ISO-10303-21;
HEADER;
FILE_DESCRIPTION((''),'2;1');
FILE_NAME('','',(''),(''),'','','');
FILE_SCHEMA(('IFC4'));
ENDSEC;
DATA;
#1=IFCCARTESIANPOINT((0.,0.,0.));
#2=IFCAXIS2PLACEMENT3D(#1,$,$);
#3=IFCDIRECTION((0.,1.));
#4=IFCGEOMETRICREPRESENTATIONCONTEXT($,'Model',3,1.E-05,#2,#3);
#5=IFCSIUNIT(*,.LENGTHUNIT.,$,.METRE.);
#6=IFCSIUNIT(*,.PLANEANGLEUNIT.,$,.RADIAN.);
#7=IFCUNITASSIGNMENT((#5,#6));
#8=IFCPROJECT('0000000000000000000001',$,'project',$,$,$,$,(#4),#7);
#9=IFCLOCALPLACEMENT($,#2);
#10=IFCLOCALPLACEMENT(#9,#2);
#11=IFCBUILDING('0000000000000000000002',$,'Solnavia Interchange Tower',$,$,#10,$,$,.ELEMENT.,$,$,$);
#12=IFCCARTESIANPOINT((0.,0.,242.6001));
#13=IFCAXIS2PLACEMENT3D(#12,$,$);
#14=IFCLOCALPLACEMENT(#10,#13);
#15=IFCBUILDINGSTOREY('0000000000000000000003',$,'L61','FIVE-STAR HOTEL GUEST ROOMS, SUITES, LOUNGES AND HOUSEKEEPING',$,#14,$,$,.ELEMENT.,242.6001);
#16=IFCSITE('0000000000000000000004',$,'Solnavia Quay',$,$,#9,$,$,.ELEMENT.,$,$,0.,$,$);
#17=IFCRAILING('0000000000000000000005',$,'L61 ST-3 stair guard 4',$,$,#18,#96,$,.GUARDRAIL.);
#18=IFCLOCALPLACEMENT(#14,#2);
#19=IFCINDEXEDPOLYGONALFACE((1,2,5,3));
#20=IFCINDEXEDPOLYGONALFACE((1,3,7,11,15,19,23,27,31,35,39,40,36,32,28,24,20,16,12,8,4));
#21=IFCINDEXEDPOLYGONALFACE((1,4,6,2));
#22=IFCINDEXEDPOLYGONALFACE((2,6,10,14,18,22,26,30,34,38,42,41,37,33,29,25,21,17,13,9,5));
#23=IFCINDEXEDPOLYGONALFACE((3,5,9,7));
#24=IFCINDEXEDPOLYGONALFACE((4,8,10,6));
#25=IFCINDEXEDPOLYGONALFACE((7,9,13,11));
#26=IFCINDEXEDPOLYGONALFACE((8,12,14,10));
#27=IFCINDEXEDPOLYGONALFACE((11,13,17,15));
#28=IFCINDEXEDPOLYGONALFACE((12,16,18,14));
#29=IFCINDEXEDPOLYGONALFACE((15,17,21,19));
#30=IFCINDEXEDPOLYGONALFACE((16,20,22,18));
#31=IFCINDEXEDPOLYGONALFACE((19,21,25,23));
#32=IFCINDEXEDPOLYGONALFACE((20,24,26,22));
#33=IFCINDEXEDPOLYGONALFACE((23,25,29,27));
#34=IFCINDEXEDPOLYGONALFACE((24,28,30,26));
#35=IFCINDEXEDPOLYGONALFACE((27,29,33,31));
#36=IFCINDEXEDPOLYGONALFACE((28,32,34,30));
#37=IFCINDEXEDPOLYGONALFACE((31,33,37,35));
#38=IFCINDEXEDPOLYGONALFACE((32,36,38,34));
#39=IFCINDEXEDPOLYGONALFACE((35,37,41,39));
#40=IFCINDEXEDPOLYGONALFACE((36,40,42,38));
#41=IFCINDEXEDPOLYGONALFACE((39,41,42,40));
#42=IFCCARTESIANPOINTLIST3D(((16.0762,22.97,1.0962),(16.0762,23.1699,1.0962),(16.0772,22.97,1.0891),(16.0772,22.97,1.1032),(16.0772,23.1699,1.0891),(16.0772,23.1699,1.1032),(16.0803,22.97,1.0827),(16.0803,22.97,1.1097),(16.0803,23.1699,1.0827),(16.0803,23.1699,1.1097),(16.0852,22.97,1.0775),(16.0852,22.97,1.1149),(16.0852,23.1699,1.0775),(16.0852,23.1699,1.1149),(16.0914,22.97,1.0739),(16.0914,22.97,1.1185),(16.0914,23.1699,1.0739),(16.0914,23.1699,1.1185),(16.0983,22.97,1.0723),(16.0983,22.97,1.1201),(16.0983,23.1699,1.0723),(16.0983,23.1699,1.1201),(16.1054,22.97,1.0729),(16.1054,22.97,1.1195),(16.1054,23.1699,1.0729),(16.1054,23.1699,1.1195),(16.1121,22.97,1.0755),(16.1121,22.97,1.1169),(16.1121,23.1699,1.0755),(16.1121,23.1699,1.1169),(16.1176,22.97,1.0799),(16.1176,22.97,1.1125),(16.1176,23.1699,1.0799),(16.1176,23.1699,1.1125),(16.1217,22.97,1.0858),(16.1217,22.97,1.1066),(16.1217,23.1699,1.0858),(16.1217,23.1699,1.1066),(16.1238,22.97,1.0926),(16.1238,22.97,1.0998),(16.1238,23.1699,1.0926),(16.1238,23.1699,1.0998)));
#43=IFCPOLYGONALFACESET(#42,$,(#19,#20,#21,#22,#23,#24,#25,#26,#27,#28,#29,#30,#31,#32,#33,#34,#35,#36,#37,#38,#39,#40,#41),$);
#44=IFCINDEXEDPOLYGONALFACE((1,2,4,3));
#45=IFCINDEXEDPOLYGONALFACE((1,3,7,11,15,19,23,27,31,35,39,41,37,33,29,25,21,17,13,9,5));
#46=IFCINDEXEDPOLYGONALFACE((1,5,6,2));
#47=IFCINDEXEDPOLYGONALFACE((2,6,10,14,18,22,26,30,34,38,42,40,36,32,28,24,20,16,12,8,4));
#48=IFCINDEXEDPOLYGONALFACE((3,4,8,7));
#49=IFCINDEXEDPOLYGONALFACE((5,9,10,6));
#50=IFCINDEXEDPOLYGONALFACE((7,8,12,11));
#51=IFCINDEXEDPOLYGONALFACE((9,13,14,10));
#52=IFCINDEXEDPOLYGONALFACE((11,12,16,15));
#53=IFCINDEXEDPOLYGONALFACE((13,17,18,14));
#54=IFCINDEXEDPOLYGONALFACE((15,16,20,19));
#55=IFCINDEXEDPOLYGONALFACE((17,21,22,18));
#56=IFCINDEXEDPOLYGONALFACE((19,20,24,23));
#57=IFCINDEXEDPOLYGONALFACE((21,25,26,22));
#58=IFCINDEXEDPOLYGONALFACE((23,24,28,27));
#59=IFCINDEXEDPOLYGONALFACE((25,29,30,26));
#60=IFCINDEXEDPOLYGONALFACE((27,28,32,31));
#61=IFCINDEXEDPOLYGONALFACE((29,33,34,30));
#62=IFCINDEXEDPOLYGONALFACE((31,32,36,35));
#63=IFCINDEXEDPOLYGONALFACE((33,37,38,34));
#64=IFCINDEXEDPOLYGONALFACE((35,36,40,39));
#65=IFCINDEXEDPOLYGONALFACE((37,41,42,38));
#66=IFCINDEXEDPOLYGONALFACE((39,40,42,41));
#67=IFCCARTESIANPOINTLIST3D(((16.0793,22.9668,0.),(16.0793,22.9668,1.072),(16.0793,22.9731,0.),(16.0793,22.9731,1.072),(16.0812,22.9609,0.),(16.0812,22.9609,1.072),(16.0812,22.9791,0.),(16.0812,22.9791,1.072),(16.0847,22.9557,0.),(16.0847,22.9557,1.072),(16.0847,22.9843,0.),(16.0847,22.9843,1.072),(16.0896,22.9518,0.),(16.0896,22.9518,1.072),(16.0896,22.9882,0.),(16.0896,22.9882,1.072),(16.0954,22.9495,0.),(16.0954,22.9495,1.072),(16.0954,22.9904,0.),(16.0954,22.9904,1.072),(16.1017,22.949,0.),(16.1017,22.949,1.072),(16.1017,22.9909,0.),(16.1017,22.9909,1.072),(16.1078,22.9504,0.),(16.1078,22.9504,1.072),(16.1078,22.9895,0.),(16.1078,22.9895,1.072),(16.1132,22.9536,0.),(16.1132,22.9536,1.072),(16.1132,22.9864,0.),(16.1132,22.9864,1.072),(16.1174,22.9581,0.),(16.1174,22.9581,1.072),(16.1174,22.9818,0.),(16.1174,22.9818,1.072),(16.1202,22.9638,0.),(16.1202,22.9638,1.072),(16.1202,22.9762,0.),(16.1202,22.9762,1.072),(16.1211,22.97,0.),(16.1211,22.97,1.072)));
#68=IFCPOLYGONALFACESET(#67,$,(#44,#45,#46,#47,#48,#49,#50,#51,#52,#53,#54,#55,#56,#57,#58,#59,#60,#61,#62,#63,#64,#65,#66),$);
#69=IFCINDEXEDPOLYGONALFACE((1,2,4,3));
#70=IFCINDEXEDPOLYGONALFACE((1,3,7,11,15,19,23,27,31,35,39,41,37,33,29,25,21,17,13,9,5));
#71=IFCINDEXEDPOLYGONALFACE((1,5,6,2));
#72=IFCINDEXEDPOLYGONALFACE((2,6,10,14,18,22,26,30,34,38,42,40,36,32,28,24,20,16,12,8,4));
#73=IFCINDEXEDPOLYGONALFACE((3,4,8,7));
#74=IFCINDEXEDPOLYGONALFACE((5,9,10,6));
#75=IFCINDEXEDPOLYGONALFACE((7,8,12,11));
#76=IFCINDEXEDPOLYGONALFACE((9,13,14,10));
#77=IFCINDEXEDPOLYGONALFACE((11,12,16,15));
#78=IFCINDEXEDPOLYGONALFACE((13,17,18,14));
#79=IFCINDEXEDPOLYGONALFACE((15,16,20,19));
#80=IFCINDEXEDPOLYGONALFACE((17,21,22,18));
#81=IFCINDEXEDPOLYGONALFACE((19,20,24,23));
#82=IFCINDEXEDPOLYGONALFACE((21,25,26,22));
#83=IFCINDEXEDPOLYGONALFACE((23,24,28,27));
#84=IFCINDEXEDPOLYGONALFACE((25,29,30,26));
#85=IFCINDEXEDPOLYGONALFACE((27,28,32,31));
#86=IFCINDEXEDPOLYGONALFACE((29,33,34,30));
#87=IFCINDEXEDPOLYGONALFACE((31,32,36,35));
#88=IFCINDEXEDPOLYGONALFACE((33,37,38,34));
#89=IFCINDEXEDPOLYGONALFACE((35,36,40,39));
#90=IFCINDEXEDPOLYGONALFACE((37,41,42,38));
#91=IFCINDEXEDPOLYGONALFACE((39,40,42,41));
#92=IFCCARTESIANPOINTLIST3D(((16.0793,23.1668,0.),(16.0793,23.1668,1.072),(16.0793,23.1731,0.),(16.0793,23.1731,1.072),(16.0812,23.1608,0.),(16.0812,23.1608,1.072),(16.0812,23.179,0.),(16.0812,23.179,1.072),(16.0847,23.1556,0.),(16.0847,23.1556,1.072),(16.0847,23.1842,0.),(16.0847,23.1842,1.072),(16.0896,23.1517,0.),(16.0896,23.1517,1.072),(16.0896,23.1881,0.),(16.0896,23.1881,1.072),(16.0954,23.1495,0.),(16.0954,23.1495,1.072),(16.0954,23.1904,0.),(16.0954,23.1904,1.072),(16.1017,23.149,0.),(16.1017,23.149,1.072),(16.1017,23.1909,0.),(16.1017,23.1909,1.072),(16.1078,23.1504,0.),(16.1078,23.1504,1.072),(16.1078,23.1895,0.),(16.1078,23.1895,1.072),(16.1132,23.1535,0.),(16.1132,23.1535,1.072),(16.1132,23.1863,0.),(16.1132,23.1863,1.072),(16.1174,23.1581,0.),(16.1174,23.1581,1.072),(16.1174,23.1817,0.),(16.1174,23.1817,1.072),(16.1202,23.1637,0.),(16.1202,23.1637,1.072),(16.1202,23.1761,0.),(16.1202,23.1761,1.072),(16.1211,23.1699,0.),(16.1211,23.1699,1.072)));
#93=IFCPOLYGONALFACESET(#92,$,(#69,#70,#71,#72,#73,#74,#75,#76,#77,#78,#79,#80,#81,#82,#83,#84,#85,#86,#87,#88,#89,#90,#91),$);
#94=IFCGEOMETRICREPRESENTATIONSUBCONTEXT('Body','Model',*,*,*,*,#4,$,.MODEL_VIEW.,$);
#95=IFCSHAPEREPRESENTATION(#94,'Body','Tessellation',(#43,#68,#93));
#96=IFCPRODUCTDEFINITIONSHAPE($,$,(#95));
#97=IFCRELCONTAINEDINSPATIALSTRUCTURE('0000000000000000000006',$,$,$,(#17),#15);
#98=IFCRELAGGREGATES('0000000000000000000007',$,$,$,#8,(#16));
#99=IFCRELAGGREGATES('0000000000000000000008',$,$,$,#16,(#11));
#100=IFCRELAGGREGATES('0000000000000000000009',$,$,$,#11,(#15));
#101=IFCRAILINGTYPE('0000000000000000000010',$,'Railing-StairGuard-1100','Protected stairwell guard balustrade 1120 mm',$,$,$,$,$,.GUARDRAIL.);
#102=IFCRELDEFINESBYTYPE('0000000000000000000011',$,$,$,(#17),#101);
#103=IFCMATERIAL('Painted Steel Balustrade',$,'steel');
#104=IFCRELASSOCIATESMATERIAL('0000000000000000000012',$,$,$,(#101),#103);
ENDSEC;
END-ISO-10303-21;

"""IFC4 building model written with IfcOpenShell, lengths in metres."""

from ifc_helpers import new_model, si_unit, direction, frame, origin, origin_2d, place, context, subcontext, project, spatial, circle, extrude, material, type_object, element, save


model = new_model("IFC4")

# Units and contexts
model_context = context("Model", 3, precision=1e-05, world=origin(), true_north=direction((0.0, 1.0)))
body_context = subcontext(model_context, "Body", "Model", "MODEL_VIEW")
ifc_project = project(units=[si_unit("LENGTHUNIT", "METRE"), si_unit("PLANEANGLEUNIT", "RADIAN")], contexts=[model_context])

# Site, building, storey
site_placement = place(None, origin())
site = spatial("IfcSite", under=ifc_project, at=site_placement, Name="Solnavia Quay", CompositionType="ELEMENT", RefElevation=0.0)
building_placement = place(site_placement, origin())
building = spatial("IfcBuilding", under=site, at=building_placement, Name="Solnavia Interchange Tower", CompositionType="ELEMENT")
storey_placement = place(building_placement, frame((0.0, 0.0, 242.6001)))
storey = spatial("IfcBuildingStorey", under=building, at=storey_placement, Name="L61", Description="FIVE-STAR HOTEL GUEST ROOMS, SUITES, LOUNGES AND HOUSEKEEPING", CompositionType="ELEMENT", Elevation=242.6001)

# Railing
ifc_material_1 = material(Name="Painted Steel Balustrade", Category="steel")
railing_type_1 = type_object("IfcRailingType", Name="Railing-StairGuard-1100", Description="Protected stairwell guard balustrade 1120 mm", PredefinedType="GUARDRAIL", material=ifc_material_1)
railing_1_placement = place(storey_placement, frame((16.1001, 22.97, 0.0)))
element("IfcRailing", 1, at=railing_1_placement, inside=storey, type_object=railing_type_1, Name="L61 ST-3 stair guard 4", PredefinedType="GUARDRAIL", context=body_context, shape_type="SweptSolid", body=[
    extrude(circle(Radius=0.0239, at=origin_2d()), frame((0.0, 0.0, 1.0962), z_axis=(0.0, 1.0, 0.0), x_axis=(-1.0, 0.0, 0.0)), (0.0, 0.0, 1.0), 0.2),
    extrude(circle(Radius=0.021, at=origin_2d()), origin(), (0.0, 0.0, 1.0), 1.072),
    extrude(circle(Radius=0.021, at=origin_2d()), frame((0.0, 0.2, 0.0)), (0.0, 0.0, 1.0), 1.072),
])

save(model, "model.ifc")
